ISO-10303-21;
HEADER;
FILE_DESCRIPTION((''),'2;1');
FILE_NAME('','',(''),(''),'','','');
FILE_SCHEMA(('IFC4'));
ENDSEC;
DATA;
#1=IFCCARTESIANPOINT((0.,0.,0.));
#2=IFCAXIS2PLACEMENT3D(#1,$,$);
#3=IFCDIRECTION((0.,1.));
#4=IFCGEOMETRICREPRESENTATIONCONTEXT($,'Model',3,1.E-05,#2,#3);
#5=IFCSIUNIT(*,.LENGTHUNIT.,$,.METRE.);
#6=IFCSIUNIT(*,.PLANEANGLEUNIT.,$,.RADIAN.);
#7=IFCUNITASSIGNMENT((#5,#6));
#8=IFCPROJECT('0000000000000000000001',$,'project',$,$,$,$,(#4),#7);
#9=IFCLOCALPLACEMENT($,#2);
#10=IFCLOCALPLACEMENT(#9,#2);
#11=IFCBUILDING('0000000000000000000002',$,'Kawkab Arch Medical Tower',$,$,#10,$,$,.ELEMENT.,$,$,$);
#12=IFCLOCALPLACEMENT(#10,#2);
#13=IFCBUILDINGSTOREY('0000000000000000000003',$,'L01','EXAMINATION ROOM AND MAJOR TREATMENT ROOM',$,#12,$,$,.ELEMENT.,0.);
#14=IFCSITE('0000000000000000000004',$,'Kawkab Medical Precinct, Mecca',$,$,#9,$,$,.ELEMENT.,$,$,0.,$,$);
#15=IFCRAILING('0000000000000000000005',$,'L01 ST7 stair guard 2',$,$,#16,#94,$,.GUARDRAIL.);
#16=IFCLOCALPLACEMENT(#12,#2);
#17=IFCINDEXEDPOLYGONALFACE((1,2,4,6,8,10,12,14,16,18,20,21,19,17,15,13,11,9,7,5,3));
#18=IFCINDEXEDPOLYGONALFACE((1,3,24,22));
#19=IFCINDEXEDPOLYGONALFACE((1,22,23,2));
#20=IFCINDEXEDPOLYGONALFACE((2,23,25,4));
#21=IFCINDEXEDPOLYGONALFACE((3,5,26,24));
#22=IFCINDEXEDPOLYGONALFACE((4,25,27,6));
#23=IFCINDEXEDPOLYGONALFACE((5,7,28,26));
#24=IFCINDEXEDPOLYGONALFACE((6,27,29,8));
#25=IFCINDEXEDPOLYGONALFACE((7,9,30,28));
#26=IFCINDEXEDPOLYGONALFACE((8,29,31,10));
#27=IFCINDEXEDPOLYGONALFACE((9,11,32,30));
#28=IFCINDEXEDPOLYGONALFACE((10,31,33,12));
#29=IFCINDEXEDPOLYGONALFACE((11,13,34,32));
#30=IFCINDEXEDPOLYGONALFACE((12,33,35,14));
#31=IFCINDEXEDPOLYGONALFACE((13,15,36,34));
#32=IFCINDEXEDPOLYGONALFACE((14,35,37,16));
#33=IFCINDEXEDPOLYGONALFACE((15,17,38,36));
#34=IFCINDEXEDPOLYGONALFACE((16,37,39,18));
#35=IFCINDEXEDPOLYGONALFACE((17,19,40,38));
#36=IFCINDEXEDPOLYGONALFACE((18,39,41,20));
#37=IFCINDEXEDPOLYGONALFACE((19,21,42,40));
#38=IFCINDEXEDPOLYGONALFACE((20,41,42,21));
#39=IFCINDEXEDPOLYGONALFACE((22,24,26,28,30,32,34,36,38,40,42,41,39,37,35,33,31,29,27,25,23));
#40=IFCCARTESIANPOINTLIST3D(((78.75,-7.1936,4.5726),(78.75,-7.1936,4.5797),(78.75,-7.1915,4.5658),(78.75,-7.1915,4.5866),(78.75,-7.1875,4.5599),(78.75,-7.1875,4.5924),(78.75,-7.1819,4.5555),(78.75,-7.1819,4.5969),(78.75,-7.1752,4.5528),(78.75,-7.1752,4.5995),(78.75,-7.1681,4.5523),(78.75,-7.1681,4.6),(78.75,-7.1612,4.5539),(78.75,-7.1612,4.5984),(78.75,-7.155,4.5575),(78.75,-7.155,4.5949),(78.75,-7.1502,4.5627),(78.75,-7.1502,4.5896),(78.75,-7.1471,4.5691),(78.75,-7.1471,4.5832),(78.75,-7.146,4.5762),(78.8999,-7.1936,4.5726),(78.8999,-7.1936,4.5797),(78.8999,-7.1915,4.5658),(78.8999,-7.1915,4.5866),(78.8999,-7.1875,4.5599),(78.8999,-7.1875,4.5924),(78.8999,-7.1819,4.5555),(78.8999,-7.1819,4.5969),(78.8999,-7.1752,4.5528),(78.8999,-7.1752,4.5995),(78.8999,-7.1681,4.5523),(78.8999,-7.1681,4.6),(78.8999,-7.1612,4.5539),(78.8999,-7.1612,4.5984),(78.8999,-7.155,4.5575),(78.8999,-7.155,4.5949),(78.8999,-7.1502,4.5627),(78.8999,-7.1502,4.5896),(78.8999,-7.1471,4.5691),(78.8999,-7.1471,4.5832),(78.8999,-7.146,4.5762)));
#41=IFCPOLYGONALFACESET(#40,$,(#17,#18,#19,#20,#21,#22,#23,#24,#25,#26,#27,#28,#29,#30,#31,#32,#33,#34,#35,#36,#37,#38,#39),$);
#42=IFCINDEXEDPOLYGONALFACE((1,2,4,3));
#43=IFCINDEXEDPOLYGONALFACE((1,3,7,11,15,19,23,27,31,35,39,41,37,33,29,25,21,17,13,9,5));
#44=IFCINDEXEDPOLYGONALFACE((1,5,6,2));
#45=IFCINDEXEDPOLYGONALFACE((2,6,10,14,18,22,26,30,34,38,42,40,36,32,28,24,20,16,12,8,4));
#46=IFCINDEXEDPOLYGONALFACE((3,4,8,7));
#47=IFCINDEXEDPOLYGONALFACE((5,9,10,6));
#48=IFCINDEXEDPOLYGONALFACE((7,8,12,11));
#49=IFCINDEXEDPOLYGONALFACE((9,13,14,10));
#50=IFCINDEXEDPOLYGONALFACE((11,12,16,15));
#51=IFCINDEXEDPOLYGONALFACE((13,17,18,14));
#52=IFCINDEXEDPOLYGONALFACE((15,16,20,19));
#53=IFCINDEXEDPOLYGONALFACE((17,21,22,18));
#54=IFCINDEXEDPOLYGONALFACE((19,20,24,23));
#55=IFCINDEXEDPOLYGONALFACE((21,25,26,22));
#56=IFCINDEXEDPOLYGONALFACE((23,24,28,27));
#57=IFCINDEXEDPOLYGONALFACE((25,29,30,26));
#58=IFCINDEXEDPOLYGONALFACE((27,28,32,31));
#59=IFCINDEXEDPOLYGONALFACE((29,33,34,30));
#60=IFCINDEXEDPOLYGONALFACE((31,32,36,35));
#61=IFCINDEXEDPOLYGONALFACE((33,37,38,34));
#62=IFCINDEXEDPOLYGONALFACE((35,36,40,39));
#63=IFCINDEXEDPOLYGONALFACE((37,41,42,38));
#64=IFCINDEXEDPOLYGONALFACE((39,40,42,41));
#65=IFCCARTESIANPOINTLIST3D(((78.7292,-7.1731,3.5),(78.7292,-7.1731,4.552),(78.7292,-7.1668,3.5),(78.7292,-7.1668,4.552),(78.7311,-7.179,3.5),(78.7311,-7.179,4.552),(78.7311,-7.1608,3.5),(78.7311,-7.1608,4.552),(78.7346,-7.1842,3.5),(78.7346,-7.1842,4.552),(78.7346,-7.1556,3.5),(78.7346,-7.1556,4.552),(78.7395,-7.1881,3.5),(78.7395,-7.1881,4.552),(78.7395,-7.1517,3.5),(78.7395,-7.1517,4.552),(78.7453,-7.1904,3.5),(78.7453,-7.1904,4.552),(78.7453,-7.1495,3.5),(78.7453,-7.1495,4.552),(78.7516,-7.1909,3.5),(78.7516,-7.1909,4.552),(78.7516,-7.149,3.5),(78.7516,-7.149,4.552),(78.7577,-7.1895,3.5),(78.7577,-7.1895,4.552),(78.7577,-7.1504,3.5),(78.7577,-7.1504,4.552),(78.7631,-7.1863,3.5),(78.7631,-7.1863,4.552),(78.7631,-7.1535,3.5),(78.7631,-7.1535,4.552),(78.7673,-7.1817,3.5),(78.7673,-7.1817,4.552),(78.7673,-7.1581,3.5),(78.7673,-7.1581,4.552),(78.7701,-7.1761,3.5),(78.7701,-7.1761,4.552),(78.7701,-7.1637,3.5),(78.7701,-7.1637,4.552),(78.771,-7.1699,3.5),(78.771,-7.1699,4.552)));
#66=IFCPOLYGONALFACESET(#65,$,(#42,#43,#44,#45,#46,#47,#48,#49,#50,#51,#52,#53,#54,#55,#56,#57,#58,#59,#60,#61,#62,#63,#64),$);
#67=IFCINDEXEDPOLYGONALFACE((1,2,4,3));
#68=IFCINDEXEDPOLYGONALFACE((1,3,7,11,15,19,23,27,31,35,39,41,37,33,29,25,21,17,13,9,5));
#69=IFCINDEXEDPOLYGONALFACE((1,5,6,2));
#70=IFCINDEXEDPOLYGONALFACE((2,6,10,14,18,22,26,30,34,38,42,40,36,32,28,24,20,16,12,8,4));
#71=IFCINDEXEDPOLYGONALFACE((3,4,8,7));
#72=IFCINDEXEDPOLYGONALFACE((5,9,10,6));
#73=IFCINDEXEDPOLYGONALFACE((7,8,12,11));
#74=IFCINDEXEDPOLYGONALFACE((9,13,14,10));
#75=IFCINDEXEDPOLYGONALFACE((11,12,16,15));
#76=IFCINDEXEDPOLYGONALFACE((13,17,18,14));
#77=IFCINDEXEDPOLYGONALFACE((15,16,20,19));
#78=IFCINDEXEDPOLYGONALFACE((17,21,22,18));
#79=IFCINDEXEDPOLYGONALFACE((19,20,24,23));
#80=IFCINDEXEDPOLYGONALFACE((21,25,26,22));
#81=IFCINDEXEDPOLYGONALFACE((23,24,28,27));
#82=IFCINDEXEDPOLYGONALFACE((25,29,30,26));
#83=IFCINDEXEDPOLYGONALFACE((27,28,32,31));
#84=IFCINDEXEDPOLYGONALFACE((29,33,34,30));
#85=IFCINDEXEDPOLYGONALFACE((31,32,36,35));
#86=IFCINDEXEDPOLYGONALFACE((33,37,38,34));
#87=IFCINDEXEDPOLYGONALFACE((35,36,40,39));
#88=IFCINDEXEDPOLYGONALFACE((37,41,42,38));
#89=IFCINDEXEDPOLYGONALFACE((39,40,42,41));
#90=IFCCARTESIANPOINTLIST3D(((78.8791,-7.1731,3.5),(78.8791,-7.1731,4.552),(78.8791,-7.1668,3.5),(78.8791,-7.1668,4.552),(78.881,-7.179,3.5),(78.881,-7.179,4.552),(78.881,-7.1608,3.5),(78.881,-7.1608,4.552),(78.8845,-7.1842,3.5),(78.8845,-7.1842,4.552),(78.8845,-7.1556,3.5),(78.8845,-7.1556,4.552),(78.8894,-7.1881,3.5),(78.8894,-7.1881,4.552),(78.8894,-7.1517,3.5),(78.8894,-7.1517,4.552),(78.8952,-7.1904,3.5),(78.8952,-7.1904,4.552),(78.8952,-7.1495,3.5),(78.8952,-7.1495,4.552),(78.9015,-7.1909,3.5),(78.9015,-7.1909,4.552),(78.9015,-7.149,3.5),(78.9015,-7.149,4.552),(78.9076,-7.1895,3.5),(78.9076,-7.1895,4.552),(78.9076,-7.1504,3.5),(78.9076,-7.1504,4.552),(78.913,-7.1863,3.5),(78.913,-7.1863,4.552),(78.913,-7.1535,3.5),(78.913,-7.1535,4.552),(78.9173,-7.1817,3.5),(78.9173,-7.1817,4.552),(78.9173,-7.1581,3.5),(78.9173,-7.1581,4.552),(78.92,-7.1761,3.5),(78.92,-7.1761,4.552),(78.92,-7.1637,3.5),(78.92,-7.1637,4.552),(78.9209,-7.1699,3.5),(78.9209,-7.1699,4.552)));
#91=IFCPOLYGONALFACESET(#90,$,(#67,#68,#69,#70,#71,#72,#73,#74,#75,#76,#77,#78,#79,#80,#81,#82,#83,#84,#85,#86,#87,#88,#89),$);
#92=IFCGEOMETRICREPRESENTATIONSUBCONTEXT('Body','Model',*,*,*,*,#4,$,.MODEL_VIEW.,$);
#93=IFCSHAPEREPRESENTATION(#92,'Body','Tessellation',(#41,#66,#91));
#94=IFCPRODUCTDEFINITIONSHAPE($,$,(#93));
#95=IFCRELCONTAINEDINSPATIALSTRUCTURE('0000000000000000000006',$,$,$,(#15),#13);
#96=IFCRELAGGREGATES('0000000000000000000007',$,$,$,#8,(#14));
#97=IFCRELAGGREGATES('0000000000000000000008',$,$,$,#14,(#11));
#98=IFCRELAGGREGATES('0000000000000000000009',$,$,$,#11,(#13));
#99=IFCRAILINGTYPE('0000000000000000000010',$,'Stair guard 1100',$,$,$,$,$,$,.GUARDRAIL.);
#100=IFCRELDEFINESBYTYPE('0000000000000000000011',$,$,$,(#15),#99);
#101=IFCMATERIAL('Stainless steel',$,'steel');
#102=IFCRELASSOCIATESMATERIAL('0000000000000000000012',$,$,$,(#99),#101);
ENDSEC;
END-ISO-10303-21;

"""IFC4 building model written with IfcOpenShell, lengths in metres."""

from ifc_helpers import new_model, si_unit, direction, frame, origin, origin_2d, place, context, subcontext, project, spatial, circle, extrude, material, type_object, element, save


model = new_model("IFC4")

# Units and contexts
model_context = context("Model", 3, precision=1e-05, world=origin(), true_north=direction((0.0, 1.0)))
body_context = subcontext(model_context, "Body", "Model", "MODEL_VIEW")
ifc_project = project(units=[si_unit("LENGTHUNIT", "METRE"), si_unit("PLANEANGLEUNIT", "RADIAN")], contexts=[model_context])

# Site, building, storey
site_placement = place(None, origin())
site = spatial("IfcSite", under=ifc_project, at=site_placement, Name="Kawkab Medical Precinct, Mecca", CompositionType="ELEMENT", RefElevation=0.0)
building_placement = place(site_placement, origin())
building = spatial("IfcBuilding", under=site, at=building_placement, Name="Kawkab Arch Medical Tower", CompositionType="ELEMENT")
storey_placement = place(building_placement, origin())
storey = spatial("IfcBuildingStorey", under=building, at=storey_placement, Name="L01", Description="EXAMINATION ROOM AND MAJOR TREATMENT ROOM", CompositionType="ELEMENT", Elevation=0.0)

# Railing
ifc_material_1 = material(Name="Stainless steel", Category="steel")
railing_type = type_object("IfcRailingType", Name="Stair guard 1100", PredefinedType="GUARDRAIL", material=ifc_material_1)
railing_1_placement = place(storey_placement, frame((78.75, -7.1699, 3.5)))
element("IfcRailing", 1, at=railing_1_placement, inside=storey, type_object=railing_type, Name="L01 ST7 stair guard 2", PredefinedType="GUARDRAIL", context=body_context, shape_type="SweptSolid", body=[
    extrude(circle(Radius=0.0239, at=origin_2d()), frame((0.0, 0.0, 1.0762), z_axis=(1.0, 0.0, 0.0), x_axis=(0.0, 1.0, 0.0)), (0.0, 0.0, 1.0), 0.1499),
    extrude(circle(Radius=0.021, at=origin_2d()), origin(), (0.0, 0.0, 1.0), 1.052),
    extrude(circle(Radius=0.021, at=origin_2d()), frame((0.1499, 0.0, 0.0)), (0.0, 0.0, 1.0), 1.052),
])

save(model, "model.ifc")
